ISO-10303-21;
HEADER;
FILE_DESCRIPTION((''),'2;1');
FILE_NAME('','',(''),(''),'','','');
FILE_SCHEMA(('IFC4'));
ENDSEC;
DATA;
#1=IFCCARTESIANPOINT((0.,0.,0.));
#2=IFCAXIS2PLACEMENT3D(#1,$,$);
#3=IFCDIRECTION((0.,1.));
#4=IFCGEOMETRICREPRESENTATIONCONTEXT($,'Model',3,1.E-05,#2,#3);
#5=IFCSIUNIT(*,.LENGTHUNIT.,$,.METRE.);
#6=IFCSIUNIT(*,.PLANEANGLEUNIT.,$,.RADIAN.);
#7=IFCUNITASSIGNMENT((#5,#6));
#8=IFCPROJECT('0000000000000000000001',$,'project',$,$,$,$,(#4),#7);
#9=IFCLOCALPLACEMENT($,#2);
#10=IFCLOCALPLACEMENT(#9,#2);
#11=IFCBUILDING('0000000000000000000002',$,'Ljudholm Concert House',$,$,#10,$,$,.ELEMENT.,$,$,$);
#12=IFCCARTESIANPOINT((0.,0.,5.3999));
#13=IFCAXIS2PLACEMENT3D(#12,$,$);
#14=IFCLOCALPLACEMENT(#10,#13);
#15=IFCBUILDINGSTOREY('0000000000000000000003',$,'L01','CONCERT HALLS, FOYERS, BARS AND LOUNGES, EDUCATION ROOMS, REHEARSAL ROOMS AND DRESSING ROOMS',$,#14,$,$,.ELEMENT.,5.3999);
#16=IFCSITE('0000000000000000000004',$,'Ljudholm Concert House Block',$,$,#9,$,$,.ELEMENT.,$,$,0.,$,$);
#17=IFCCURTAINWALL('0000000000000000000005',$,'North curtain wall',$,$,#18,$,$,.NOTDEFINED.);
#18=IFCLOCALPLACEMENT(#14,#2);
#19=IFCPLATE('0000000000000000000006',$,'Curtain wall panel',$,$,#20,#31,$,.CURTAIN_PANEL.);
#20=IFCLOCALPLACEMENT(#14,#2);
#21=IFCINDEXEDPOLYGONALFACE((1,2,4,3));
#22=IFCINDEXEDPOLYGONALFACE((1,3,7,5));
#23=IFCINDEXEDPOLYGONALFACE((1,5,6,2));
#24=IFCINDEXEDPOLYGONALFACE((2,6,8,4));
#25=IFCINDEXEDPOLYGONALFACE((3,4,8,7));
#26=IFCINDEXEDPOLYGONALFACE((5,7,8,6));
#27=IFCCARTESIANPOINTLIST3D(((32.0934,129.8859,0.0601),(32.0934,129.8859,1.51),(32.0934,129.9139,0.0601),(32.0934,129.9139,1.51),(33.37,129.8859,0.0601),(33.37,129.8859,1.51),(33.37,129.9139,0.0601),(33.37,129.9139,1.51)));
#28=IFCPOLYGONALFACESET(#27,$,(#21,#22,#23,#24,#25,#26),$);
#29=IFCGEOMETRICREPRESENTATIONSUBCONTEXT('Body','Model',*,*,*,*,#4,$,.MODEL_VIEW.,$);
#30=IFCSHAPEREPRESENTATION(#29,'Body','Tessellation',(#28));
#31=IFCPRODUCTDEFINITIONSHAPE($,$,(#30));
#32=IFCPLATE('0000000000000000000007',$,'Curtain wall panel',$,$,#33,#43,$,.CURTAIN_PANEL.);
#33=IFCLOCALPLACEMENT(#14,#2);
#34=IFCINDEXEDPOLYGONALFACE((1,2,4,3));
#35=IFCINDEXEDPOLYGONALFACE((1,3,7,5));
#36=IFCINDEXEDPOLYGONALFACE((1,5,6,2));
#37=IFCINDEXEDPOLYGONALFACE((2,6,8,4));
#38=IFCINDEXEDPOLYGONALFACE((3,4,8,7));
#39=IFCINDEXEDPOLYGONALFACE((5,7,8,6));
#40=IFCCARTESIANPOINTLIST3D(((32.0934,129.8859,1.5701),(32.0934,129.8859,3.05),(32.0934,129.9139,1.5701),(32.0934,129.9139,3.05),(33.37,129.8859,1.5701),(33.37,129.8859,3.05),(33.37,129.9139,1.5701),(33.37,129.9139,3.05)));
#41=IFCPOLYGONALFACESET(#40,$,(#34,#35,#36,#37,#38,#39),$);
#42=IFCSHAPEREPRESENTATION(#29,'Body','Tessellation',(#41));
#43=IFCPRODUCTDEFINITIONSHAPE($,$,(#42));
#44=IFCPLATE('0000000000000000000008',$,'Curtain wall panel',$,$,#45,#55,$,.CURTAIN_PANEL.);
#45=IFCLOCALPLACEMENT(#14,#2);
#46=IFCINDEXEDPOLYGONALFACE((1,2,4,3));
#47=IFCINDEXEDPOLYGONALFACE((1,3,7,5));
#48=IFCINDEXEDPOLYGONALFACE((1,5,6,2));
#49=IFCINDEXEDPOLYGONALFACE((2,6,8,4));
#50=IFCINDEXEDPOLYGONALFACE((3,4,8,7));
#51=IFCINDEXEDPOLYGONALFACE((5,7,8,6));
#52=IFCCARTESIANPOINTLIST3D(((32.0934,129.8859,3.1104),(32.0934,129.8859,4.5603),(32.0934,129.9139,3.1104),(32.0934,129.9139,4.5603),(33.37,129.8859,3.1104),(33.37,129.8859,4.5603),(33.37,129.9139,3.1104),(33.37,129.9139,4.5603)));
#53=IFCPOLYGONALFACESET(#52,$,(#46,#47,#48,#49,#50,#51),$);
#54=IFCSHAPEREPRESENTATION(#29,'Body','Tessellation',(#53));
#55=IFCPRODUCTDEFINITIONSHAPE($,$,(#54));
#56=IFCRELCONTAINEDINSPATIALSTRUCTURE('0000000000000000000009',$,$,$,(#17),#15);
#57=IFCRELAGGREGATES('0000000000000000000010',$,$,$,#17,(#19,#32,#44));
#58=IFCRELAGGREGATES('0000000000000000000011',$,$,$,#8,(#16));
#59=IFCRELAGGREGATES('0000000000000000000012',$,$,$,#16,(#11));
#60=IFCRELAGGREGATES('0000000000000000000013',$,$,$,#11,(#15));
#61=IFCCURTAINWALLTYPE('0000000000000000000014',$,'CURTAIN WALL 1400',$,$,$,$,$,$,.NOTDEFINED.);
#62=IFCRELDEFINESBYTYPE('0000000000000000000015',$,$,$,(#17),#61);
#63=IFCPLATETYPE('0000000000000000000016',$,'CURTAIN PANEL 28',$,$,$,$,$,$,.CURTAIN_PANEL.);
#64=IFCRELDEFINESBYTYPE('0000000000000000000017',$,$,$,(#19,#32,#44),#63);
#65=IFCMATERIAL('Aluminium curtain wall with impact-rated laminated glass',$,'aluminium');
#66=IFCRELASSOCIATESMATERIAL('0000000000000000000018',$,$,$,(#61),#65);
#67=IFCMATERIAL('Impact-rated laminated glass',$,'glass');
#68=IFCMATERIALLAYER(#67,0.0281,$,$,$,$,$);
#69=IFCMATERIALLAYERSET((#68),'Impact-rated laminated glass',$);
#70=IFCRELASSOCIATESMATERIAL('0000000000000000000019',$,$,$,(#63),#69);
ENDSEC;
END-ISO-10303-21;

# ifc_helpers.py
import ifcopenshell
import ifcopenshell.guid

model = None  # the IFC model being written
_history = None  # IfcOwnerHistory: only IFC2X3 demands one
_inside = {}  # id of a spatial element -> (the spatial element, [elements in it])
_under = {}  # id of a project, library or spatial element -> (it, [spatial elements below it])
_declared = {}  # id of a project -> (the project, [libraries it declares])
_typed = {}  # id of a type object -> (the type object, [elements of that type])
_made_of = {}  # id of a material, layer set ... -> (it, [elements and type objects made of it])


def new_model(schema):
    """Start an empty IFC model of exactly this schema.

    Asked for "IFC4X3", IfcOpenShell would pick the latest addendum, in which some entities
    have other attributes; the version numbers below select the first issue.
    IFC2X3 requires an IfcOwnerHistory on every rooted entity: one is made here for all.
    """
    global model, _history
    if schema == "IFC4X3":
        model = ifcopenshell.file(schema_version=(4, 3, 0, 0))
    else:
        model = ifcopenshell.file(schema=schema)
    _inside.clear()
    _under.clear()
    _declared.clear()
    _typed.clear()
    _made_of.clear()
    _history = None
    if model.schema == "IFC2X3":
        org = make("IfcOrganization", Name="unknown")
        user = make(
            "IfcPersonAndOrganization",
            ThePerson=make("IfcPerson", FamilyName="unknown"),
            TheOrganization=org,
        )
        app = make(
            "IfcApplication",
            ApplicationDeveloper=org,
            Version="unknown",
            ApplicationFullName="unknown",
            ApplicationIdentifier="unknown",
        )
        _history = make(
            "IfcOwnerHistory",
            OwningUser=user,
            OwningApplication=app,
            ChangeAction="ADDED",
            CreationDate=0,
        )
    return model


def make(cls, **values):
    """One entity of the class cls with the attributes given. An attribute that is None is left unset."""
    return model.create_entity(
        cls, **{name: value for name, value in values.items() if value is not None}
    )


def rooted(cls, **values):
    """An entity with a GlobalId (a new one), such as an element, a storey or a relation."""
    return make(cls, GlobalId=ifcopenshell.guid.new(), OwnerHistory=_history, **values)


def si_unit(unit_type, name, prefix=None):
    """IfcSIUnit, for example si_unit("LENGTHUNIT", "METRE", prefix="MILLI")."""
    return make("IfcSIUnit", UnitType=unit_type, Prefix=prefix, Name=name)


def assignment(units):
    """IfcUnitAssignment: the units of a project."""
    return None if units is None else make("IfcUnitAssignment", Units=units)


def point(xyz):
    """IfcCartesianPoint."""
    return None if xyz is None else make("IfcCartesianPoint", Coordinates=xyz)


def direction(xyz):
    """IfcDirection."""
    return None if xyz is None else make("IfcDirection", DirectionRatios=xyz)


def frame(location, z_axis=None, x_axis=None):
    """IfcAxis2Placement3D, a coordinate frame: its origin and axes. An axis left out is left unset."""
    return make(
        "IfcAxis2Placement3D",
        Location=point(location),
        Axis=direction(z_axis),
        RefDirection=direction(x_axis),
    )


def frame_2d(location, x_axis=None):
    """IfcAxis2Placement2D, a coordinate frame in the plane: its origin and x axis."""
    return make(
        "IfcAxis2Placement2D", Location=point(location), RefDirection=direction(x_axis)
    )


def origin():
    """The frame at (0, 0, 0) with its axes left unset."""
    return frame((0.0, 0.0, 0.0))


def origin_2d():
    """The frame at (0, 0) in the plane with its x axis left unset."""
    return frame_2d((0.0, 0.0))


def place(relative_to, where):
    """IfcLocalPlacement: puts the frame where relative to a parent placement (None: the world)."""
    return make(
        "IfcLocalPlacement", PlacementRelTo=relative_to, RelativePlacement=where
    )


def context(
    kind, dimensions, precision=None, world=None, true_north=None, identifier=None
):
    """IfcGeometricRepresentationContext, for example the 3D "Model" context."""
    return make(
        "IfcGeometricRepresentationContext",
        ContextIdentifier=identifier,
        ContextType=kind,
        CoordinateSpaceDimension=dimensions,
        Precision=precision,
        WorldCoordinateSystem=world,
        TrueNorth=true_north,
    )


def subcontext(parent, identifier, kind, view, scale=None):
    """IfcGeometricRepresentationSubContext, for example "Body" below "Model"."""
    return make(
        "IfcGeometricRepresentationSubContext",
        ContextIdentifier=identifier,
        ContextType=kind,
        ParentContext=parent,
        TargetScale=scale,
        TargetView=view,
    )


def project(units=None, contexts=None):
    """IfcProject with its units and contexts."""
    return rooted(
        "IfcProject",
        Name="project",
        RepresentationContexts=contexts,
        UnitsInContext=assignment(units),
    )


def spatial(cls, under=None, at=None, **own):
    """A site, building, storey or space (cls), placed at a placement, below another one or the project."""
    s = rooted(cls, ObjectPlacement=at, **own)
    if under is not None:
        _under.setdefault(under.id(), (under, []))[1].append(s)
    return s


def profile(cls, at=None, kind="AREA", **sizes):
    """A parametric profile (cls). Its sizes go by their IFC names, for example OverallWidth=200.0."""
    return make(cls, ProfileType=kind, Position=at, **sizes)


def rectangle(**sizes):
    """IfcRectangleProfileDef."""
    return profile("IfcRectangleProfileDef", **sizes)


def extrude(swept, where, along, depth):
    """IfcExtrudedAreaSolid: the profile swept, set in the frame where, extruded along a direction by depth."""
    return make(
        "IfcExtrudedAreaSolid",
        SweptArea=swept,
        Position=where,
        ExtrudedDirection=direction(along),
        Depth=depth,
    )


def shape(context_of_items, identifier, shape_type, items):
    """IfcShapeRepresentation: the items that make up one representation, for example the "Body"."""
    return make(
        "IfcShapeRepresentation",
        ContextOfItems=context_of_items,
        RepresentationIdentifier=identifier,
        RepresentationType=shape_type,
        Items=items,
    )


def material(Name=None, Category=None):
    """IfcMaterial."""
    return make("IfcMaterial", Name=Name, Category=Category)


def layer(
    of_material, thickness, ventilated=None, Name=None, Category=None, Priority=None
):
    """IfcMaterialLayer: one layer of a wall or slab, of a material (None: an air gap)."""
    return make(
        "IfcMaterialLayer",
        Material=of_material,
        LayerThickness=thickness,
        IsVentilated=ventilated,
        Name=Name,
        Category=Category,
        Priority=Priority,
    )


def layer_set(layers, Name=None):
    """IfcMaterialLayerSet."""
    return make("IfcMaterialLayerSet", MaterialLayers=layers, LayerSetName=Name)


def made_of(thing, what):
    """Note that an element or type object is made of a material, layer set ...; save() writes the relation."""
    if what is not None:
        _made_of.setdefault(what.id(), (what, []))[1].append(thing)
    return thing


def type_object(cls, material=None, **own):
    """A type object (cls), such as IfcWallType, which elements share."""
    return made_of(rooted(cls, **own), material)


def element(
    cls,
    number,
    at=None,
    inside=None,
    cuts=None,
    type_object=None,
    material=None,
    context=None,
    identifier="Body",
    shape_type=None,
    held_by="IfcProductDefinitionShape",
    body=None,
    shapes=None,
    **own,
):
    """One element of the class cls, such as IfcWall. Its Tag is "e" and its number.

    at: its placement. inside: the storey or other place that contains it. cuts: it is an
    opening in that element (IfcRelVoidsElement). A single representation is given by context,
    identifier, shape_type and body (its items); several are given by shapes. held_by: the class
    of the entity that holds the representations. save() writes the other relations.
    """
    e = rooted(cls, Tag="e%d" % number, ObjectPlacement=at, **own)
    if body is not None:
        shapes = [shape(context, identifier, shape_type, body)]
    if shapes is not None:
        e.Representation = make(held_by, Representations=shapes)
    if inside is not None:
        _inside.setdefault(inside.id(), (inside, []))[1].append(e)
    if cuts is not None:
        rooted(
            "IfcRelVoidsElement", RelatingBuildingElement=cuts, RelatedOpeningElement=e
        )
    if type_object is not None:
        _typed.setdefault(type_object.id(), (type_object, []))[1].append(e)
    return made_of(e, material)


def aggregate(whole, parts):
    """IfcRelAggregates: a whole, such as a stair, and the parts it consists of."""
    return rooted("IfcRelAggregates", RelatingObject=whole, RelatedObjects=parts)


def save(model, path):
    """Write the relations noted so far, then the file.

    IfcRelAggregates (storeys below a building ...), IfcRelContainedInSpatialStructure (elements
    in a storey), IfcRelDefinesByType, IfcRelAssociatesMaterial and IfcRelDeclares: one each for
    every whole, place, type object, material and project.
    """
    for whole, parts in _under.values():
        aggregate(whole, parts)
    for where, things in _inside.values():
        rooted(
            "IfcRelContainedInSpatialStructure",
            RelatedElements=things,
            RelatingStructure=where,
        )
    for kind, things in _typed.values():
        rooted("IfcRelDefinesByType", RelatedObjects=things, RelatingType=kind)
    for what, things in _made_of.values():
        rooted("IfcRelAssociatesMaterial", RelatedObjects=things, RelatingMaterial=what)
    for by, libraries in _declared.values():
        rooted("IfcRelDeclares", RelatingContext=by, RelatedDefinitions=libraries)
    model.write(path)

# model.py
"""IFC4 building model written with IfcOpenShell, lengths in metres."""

from ifc_helpers import new_model, si_unit, direction, frame, origin, origin_2d, place, context, subcontext, project, spatial, rectangle, extrude, material, layer, layer_set, type_object, element, aggregate, save


model = new_model("IFC4")

# Units and contexts
model_context = context("Model", 3, precision=1e-05, world=origin(), true_north=direction((0.0, 1.0)))
body_context = subcontext(model_context, "Body", "Model", "MODEL_VIEW")
ifc_project = project(units=[si_unit("LENGTHUNIT", "METRE"), si_unit("PLANEANGLEUNIT", "RADIAN")], contexts=[model_context])

# Site, building, storey
site_placement = place(None, origin())
site = spatial("IfcSite", under=ifc_project, at=site_placement, Name="Ljudholm Concert House Block", CompositionType="ELEMENT", RefElevation=0.0)
building_placement = place(site_placement, origin())
building = spatial("IfcBuilding", under=site, at=building_placement, Name="Ljudholm Concert House", CompositionType="ELEMENT")
storey_placement = place(building_placement, frame((0.0, 0.0, 5.3999)))
storey = spatial("IfcBuildingStorey", under=building, at=storey_placement, Name="L01", Description="CONCERT HALLS, FOYERS, BARS AND LOUNGES, EDUCATION ROOMS, REHEARSAL ROOMS AND DRESSING ROOMS", CompositionType="ELEMENT", Elevation=5.3999)

# Shared definitions
ifc_material_1 = material(Name="Aluminium curtain wall with impact-rated laminated glass", Category="aluminium")
curtain_wall_type = type_object("IfcCurtainWallType", Name="CURTAIN WALL 1400", PredefinedType="NOTDEFINED", material=ifc_material_1)

# Curtain wall
curtain_wall_1_placement = place(storey_placement, origin())
curtain_wall_1 = element("IfcCurtainWall", 1, at=curtain_wall_1_placement, inside=storey, type_object=curtain_wall_type, Name="North curtain wall", PredefinedType="NOTDEFINED")

# Plates
ifc_material_2 = material(Name="Impact-rated laminated glass", Category="glass")
ifc_layer = layer(ifc_material_2, 0.0281)
ifc_layer_set = layer_set([ifc_layer], Name="Impact-rated laminated glass")
plate_type = type_object("IfcPlateType", Name="CURTAIN PANEL 28", PredefinedType="CURTAIN_PANEL", material=ifc_layer_set)
plate_1_placement = place(storey_placement, frame((32.7317, 129.8999, 0.0601), z_axis=(0.0, 0.0, 1.0), x_axis=(1.0, 0.0, 0.0)))
plate_1 = element("IfcPlate", 2, at=plate_1_placement, type_object=plate_type, Name="Curtain wall panel", PredefinedType="CURTAIN_PANEL", context=body_context, shape_type="SweptSolid", body=[
    extrude(rectangle(XDim=1.2766, YDim=0.0281, at=origin_2d()), origin(), (0.0, 0.0, 1.0), 1.45),
])
plate_2_placement = place(storey_placement, frame((32.7317, 129.8999, 1.5701), z_axis=(0.0, 0.0, 1.0), x_axis=(1.0, 0.0, 0.0)))
plate_2 = element("IfcPlate", 3, at=plate_2_placement, type_object=plate_type, Name="Curtain wall panel", PredefinedType="CURTAIN_PANEL", context=body_context, shape_type="SweptSolid", body=[
    extrude(rectangle(XDim=1.2766, YDim=0.0281, at=origin_2d()), origin(), (0.0, 0.0, 1.0), 1.48),
])
plate_3_placement = place(storey_placement, frame((32.7317, 129.8999, 3.1104), z_axis=(0.0, 0.0, 1.0), x_axis=(1.0, 0.0, 0.0)))
plate_3 = element("IfcPlate", 4, at=plate_3_placement, type_object=plate_type, Name="Curtain wall panel", PredefinedType="CURTAIN_PANEL", context=body_context, shape_type="SweptSolid", body=[
    extrude(rectangle(XDim=1.2766, YDim=0.0281, at=origin_2d()), origin(), (0.0, 0.0, 1.0), 1.45),
])
aggregate(curtain_wall_1, [plate_1, plate_2, plate_3])

save(model, "model.ifc")
